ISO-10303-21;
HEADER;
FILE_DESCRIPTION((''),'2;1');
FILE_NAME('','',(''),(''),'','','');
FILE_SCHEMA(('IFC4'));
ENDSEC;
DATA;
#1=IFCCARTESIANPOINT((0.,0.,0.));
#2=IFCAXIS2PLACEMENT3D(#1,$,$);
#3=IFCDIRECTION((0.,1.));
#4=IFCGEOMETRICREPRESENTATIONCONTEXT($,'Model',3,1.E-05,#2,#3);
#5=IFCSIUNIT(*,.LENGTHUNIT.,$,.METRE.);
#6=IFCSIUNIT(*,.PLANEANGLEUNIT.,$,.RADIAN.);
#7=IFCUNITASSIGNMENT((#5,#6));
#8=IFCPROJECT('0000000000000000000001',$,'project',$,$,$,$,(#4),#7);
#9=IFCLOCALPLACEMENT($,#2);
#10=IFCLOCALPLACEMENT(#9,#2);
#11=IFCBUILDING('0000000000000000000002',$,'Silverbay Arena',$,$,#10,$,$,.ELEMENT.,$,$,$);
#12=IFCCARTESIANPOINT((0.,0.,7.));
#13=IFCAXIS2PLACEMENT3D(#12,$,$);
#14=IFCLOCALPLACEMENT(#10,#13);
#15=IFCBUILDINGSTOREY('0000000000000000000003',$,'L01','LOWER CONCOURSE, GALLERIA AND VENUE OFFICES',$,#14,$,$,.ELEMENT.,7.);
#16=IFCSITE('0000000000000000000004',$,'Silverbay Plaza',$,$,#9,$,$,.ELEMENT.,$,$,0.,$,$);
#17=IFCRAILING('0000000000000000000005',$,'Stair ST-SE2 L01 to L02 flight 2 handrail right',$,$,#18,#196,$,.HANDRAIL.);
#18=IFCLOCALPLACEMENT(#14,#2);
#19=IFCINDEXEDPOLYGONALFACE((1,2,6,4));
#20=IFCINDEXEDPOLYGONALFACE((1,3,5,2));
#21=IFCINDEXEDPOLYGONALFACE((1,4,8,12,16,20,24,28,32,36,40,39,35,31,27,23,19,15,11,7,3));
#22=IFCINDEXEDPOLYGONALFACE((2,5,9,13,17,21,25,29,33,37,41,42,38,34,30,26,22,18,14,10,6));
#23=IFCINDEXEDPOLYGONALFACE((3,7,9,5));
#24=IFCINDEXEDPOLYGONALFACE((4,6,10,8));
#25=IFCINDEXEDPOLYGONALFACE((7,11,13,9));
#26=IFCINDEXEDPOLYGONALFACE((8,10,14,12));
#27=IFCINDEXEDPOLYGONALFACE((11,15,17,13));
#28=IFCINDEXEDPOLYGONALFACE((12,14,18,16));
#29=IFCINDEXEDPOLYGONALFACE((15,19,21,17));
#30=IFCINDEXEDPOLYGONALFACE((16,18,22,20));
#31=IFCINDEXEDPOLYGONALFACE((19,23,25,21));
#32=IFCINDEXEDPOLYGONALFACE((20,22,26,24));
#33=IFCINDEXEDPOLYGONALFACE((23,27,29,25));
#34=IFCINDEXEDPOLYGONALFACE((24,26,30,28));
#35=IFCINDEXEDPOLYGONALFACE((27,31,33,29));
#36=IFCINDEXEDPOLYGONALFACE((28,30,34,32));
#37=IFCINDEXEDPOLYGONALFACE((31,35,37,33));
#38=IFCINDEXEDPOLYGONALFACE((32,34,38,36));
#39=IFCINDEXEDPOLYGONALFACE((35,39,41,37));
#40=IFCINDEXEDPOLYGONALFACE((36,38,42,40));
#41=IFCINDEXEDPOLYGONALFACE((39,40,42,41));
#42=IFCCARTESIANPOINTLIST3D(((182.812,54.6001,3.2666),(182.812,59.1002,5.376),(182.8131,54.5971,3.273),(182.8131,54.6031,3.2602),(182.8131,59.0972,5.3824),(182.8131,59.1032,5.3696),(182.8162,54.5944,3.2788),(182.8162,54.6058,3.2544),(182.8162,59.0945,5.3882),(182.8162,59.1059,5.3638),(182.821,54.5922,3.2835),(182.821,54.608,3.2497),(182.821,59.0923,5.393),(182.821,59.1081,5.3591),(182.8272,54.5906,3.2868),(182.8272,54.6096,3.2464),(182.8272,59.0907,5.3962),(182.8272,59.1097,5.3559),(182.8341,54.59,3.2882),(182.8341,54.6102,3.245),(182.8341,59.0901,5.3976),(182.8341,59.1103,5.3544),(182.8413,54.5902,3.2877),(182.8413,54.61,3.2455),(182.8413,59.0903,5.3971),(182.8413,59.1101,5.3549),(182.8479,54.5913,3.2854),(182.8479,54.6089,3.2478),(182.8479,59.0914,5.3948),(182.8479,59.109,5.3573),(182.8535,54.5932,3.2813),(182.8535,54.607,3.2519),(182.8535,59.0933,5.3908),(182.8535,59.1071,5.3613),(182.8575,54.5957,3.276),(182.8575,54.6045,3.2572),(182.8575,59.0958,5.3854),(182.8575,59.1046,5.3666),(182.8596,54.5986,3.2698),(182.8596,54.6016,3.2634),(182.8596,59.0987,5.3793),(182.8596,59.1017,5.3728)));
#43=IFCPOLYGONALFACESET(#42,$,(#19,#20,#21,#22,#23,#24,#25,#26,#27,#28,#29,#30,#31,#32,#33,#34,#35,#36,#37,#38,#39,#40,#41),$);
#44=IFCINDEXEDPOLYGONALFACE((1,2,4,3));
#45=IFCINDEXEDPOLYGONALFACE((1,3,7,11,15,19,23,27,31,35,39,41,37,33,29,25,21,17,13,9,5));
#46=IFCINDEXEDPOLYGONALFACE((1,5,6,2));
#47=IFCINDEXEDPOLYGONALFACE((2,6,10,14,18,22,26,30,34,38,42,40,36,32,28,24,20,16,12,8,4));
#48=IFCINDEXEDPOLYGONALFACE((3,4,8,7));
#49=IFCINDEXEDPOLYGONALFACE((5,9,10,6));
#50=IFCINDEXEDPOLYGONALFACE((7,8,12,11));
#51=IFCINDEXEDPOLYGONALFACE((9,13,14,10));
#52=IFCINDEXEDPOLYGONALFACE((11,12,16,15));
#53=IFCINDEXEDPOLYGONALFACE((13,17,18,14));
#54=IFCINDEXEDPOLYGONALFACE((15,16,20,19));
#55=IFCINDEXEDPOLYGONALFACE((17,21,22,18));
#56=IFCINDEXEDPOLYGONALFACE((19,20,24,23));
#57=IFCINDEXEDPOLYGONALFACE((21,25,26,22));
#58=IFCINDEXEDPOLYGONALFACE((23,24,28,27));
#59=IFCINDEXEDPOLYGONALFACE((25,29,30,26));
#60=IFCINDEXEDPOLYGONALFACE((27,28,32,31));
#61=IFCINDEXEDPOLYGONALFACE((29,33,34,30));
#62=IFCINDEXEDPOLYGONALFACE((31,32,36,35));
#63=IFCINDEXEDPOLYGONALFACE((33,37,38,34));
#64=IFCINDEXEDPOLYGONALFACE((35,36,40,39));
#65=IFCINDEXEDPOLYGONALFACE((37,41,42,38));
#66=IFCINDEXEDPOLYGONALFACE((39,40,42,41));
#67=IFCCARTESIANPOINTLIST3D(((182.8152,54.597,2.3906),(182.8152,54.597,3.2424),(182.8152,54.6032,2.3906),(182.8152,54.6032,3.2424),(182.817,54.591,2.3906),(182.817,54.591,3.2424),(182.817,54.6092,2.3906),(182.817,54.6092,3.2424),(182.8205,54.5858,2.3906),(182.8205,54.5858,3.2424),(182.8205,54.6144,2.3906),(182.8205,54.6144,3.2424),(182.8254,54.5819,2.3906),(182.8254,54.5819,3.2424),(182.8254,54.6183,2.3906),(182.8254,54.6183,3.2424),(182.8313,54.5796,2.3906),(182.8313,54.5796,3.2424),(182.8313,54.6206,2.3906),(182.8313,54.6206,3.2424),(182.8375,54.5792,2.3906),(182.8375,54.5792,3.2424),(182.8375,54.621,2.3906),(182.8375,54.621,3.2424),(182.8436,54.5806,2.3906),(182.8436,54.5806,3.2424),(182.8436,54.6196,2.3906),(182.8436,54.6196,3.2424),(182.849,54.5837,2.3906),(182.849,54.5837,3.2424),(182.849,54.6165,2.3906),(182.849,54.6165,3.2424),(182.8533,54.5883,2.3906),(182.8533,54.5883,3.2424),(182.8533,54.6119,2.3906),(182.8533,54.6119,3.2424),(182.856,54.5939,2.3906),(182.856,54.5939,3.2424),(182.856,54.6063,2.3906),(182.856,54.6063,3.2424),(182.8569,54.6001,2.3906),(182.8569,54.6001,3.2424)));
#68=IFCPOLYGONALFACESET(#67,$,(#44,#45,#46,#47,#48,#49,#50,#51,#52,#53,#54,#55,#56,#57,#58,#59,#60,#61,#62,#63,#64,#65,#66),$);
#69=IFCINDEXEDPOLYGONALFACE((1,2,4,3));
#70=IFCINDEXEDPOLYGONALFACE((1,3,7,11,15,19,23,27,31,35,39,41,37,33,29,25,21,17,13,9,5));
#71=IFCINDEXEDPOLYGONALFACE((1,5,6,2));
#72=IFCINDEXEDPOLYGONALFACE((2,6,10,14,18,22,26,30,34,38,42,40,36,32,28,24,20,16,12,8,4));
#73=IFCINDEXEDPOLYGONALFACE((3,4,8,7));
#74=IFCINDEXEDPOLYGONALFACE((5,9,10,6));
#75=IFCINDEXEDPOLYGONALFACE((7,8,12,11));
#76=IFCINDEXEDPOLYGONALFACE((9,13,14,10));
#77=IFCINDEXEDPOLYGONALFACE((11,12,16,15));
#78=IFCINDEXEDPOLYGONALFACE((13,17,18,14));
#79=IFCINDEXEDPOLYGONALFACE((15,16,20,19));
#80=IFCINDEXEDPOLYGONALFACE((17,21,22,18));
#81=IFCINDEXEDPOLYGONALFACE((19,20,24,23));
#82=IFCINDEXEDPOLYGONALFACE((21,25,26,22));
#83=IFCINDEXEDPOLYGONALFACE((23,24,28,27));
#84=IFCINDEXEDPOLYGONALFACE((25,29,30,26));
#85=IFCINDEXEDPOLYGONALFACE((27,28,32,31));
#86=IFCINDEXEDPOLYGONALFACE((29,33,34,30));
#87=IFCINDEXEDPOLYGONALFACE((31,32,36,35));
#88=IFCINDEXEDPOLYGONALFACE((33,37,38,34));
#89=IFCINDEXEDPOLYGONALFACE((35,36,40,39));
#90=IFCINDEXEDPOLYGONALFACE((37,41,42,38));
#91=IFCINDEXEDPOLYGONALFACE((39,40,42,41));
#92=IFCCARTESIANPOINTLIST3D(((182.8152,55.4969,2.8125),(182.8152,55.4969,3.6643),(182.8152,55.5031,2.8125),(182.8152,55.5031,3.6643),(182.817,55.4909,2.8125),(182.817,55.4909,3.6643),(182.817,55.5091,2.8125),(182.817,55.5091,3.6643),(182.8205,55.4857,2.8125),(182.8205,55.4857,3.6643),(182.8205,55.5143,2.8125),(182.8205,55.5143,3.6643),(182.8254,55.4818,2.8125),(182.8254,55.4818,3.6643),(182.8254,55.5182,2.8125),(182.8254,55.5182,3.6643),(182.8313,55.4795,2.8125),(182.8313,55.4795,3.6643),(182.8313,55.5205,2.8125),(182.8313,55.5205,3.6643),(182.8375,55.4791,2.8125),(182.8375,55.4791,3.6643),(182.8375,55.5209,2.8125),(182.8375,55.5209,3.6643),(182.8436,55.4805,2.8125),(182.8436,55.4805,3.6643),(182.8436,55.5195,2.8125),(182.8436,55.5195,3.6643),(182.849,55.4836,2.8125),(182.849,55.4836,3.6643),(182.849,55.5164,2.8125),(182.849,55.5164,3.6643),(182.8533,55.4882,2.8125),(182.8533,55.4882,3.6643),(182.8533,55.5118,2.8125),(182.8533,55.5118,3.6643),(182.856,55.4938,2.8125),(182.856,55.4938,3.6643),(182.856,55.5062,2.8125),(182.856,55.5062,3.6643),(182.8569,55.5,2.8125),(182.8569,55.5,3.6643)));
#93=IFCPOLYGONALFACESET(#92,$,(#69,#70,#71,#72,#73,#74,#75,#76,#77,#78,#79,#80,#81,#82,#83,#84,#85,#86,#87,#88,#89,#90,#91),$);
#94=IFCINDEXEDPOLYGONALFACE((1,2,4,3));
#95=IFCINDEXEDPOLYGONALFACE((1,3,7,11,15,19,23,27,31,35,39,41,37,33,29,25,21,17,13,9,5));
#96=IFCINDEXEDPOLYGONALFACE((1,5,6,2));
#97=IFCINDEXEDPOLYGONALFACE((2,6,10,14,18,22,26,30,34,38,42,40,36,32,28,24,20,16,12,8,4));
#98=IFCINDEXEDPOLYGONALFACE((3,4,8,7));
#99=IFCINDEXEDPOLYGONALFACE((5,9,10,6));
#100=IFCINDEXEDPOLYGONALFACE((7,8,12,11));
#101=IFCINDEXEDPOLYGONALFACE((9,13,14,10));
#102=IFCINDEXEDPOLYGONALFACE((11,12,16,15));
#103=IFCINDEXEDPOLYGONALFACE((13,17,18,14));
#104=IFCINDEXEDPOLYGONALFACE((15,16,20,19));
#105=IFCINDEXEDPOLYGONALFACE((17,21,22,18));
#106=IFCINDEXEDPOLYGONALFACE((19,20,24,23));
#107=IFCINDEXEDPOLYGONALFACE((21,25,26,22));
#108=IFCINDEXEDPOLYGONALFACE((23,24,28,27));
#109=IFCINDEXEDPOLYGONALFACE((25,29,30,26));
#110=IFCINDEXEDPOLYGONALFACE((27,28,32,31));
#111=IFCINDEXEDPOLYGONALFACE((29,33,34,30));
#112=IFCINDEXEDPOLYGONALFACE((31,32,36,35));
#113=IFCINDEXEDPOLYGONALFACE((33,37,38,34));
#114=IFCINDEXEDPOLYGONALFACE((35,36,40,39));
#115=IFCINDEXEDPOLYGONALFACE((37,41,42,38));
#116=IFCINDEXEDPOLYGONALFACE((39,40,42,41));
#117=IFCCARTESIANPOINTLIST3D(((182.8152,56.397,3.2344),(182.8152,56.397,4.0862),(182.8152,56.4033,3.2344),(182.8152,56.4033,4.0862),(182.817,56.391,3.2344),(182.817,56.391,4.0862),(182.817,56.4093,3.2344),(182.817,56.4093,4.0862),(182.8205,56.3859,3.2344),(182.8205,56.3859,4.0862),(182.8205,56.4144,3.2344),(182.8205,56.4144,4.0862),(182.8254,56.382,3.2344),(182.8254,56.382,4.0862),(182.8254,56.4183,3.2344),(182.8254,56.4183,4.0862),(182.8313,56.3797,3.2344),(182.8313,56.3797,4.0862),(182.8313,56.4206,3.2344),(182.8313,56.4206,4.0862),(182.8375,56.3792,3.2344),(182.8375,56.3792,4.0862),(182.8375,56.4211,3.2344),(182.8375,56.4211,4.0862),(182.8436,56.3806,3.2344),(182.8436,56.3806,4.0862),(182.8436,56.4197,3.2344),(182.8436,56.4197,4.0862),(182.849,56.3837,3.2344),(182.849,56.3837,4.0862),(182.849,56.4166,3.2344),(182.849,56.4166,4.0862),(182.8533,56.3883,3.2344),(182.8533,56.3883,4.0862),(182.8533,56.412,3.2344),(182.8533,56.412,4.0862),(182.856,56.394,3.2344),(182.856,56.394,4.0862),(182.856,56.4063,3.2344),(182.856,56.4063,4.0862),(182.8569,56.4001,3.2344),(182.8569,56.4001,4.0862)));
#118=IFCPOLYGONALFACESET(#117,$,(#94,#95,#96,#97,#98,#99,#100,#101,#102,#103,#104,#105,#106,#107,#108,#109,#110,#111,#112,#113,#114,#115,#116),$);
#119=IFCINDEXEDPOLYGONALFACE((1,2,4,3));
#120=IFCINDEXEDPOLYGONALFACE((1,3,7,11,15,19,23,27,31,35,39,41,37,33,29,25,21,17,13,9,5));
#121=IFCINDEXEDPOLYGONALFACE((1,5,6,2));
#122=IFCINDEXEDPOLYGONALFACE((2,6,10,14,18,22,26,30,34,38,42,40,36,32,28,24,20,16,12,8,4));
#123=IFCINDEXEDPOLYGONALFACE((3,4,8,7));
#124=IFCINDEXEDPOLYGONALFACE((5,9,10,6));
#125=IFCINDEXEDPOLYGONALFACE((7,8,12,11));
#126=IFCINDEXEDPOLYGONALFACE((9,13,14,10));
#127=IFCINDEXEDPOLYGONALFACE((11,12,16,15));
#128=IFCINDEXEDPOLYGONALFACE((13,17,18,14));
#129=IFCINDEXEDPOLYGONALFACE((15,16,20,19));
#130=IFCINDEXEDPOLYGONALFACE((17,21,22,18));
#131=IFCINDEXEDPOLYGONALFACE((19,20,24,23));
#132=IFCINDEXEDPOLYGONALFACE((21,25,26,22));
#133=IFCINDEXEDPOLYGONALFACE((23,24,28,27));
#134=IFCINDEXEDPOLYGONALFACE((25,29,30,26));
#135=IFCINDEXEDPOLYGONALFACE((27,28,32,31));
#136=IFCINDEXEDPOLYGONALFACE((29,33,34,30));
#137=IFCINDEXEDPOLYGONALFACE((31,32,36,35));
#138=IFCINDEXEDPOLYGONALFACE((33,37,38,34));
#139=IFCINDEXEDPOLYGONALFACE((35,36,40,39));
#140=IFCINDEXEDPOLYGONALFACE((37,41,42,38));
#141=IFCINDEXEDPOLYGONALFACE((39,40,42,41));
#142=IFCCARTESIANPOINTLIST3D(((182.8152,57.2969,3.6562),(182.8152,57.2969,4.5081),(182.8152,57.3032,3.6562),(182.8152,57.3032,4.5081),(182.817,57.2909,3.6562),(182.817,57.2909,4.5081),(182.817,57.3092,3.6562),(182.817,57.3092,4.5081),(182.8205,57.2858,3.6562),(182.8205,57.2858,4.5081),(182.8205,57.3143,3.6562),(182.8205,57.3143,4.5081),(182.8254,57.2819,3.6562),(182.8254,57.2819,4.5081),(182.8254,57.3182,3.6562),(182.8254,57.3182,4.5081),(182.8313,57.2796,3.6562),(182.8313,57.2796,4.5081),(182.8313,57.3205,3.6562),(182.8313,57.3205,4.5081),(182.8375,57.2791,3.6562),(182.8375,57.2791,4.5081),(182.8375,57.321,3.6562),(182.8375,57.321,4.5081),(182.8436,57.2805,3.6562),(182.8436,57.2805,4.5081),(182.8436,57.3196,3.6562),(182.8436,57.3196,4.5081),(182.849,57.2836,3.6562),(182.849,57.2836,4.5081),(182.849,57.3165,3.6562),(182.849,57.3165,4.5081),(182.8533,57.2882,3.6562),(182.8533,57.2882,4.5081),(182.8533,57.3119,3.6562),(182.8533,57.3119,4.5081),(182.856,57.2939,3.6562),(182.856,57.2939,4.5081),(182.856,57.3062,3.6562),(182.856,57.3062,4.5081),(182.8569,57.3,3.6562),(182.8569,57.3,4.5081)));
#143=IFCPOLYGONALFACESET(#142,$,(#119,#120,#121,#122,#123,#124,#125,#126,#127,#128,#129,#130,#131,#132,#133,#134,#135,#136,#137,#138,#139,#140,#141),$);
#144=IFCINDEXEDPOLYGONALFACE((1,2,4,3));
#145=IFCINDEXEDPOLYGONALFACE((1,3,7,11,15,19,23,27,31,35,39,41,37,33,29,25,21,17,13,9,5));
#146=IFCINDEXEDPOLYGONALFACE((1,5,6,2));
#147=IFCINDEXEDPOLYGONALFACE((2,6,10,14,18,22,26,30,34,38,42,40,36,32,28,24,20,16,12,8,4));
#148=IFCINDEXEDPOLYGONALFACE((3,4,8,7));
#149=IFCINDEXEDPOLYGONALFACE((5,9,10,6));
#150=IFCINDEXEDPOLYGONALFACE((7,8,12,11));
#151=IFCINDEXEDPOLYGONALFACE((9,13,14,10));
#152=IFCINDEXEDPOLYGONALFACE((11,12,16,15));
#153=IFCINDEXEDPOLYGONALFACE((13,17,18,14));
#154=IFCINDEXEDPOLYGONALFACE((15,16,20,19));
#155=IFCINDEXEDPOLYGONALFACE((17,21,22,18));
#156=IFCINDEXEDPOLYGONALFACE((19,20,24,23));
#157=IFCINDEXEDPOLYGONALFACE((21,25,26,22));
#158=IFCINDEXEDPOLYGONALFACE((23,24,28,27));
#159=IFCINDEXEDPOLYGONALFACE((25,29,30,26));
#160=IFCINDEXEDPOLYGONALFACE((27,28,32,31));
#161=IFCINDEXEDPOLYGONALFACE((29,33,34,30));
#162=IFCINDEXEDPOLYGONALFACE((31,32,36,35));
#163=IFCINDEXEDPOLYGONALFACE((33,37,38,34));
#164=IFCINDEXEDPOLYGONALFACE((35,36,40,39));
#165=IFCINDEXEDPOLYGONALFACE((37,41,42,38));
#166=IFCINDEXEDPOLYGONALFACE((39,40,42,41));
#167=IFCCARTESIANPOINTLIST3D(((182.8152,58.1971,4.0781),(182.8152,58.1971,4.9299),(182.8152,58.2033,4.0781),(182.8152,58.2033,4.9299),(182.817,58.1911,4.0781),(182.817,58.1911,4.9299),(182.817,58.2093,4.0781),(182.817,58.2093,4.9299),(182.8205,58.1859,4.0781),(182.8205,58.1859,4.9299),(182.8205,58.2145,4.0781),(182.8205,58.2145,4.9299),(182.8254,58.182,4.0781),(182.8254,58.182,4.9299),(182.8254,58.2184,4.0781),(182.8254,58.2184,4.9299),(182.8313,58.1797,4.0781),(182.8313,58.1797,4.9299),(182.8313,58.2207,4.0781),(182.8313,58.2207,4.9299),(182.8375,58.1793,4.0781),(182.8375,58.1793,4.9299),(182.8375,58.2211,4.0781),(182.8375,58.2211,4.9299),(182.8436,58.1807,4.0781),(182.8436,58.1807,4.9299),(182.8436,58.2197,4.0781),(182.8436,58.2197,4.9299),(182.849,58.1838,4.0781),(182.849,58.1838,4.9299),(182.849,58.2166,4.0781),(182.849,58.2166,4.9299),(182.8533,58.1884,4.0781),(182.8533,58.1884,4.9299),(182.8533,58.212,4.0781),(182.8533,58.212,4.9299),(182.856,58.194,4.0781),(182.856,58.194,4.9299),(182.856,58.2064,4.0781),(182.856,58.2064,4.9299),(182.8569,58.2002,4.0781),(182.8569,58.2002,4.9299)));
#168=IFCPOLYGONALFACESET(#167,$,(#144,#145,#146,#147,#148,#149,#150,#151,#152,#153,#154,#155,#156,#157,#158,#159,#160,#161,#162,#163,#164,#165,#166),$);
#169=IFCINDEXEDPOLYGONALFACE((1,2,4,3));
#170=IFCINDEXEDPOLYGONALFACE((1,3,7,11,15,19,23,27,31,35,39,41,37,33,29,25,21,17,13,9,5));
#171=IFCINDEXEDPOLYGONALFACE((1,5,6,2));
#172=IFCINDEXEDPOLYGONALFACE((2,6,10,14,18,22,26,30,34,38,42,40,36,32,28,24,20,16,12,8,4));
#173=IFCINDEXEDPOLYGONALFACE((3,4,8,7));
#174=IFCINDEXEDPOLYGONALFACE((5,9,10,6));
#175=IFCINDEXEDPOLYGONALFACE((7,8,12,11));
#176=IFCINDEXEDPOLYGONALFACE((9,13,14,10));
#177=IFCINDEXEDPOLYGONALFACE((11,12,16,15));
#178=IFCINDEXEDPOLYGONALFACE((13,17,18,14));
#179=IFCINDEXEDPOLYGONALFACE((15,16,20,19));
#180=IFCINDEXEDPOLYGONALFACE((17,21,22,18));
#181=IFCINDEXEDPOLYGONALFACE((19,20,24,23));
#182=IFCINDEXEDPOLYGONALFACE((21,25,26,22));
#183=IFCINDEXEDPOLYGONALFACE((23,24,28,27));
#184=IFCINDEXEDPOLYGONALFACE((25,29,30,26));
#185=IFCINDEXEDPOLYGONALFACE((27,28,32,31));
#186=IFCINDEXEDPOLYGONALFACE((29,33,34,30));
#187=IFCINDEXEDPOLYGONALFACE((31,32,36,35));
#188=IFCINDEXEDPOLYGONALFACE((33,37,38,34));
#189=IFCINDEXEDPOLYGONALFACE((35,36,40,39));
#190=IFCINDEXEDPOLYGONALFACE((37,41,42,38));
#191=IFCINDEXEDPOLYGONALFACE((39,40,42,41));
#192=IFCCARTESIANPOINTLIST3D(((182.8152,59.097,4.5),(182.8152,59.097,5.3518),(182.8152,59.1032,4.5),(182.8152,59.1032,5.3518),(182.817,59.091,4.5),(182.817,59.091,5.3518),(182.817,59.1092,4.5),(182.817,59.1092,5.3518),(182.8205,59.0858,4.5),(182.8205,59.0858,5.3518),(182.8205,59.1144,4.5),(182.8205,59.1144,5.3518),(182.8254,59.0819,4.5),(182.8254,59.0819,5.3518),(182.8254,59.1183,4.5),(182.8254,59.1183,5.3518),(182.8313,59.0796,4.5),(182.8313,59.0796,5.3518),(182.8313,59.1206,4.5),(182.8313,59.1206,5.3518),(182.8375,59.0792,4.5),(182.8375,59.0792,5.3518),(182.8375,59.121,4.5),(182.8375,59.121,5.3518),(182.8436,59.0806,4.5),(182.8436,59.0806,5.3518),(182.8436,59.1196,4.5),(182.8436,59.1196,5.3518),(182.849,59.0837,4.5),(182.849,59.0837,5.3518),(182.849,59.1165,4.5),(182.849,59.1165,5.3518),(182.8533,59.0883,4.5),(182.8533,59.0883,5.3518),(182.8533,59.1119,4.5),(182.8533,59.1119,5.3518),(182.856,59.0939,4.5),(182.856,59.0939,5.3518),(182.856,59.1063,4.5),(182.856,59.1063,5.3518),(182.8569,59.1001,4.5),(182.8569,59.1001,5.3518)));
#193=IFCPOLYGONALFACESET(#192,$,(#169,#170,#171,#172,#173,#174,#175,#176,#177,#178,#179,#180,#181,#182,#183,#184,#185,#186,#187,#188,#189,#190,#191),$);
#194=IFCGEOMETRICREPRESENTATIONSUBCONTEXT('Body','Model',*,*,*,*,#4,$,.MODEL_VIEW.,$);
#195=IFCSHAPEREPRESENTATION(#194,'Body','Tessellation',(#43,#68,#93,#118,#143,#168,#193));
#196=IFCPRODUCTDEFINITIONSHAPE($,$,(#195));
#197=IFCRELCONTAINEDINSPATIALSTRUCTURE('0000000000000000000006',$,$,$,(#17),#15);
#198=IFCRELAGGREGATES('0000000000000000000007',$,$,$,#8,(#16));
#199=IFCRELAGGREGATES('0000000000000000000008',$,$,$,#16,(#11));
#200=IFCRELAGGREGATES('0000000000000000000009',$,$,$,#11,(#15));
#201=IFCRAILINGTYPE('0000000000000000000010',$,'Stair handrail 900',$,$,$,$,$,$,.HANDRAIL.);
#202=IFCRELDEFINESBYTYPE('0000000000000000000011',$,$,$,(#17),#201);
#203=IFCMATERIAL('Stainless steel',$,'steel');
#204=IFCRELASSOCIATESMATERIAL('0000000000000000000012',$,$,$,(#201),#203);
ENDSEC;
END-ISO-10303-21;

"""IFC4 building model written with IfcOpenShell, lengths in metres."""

from ifc_helpers import new_model, si_unit, direction, frame, origin, origin_2d, place, context, subcontext, project, spatial, circle, extrude, material, type_object, element, save


model = new_model("IFC4")

# Units and contexts
model_context = context("Model", 3, precision=1e-05, world=origin(), true_north=direction((0.0, 1.0)))
body_context = subcontext(model_context, "Body", "Model", "MODEL_VIEW")
ifc_project = project(units=[si_unit("LENGTHUNIT", "METRE"), si_unit("PLANEANGLEUNIT", "RADIAN")], contexts=[model_context])

# Site, building, storey
site_placement = place(None, origin())
site = spatial("IfcSite", under=ifc_project, at=site_placement, Name="Silverbay Plaza", CompositionType="ELEMENT", RefElevation=0.0)
building_placement = place(site_placement, origin())
building = spatial("IfcBuilding", under=site, at=building_placement, Name="Silverbay Arena", CompositionType="ELEMENT")
storey_placement = place(building_placement, frame((0.0, 0.0, 7.0)))
storey = spatial("IfcBuildingStorey", under=building, at=storey_placement, Name="L01", Description="LOWER CONCOURSE, GALLERIA AND VENUE OFFICES", CompositionType="ELEMENT", Elevation=7.0)

# Railing
ifc_material_1 = material(Name="Stainless steel", Category="steel")
railing_type_1 = type_object("IfcRailingType", Name="Stair handrail 900", PredefinedType="HANDRAIL", material=ifc_material_1)
for number, where, name in (
    (1, (182.8359, 54.6001, 2.3906), "Stair ST-SE2 L01 to L02 flight 2 handrail right"),
):
    element("IfcRailing", number, at=place(storey_placement, frame(where)), inside=storey, type_object=railing_type_1, Name=name, PredefinedType="HANDRAIL", context=body_context, shape_type="SweptSolid", body=[
        extrude(circle(Radius=0.0239, at=origin_2d()), frame((0.0, 0.0, 0.876), z_axis=(0.0, 0.905459, 0.424434), x_axis=(-1.0, 0.0, 0.0)), (0.0, 0.0, 1.0), 4.97),
        extrude(circle(Radius=0.021, at=origin_2d()), origin(), (0.0, 0.0, 1.0), 0.8518),
        extrude(circle(Radius=0.021, at=origin_2d()), frame((0.0, 0.8999, 0.4219)), (0.0, 0.0, 1.0), 0.8518),
        extrude(circle(Radius=0.021, at=origin_2d()), frame((0.0, 1.8, 0.8438)), (0.0, 0.0, 1.0), 0.8518),
        extrude(circle(Radius=0.021, at=origin_2d()), frame((0.0, 2.7, 1.2656)), (0.0, 0.0, 1.0), 0.8518),
        extrude(circle(Radius=0.021, at=origin_2d()), frame((0.0, 3.6001, 1.6875)), (0.0, 0.0, 1.0), 0.8518),
        extrude(circle(Radius=0.021, at=origin_2d()), frame((0.0, 4.5, 2.1094)), (0.0, 0.0, 1.0), 0.8518),
    ])

save(model, "model.ifc")
